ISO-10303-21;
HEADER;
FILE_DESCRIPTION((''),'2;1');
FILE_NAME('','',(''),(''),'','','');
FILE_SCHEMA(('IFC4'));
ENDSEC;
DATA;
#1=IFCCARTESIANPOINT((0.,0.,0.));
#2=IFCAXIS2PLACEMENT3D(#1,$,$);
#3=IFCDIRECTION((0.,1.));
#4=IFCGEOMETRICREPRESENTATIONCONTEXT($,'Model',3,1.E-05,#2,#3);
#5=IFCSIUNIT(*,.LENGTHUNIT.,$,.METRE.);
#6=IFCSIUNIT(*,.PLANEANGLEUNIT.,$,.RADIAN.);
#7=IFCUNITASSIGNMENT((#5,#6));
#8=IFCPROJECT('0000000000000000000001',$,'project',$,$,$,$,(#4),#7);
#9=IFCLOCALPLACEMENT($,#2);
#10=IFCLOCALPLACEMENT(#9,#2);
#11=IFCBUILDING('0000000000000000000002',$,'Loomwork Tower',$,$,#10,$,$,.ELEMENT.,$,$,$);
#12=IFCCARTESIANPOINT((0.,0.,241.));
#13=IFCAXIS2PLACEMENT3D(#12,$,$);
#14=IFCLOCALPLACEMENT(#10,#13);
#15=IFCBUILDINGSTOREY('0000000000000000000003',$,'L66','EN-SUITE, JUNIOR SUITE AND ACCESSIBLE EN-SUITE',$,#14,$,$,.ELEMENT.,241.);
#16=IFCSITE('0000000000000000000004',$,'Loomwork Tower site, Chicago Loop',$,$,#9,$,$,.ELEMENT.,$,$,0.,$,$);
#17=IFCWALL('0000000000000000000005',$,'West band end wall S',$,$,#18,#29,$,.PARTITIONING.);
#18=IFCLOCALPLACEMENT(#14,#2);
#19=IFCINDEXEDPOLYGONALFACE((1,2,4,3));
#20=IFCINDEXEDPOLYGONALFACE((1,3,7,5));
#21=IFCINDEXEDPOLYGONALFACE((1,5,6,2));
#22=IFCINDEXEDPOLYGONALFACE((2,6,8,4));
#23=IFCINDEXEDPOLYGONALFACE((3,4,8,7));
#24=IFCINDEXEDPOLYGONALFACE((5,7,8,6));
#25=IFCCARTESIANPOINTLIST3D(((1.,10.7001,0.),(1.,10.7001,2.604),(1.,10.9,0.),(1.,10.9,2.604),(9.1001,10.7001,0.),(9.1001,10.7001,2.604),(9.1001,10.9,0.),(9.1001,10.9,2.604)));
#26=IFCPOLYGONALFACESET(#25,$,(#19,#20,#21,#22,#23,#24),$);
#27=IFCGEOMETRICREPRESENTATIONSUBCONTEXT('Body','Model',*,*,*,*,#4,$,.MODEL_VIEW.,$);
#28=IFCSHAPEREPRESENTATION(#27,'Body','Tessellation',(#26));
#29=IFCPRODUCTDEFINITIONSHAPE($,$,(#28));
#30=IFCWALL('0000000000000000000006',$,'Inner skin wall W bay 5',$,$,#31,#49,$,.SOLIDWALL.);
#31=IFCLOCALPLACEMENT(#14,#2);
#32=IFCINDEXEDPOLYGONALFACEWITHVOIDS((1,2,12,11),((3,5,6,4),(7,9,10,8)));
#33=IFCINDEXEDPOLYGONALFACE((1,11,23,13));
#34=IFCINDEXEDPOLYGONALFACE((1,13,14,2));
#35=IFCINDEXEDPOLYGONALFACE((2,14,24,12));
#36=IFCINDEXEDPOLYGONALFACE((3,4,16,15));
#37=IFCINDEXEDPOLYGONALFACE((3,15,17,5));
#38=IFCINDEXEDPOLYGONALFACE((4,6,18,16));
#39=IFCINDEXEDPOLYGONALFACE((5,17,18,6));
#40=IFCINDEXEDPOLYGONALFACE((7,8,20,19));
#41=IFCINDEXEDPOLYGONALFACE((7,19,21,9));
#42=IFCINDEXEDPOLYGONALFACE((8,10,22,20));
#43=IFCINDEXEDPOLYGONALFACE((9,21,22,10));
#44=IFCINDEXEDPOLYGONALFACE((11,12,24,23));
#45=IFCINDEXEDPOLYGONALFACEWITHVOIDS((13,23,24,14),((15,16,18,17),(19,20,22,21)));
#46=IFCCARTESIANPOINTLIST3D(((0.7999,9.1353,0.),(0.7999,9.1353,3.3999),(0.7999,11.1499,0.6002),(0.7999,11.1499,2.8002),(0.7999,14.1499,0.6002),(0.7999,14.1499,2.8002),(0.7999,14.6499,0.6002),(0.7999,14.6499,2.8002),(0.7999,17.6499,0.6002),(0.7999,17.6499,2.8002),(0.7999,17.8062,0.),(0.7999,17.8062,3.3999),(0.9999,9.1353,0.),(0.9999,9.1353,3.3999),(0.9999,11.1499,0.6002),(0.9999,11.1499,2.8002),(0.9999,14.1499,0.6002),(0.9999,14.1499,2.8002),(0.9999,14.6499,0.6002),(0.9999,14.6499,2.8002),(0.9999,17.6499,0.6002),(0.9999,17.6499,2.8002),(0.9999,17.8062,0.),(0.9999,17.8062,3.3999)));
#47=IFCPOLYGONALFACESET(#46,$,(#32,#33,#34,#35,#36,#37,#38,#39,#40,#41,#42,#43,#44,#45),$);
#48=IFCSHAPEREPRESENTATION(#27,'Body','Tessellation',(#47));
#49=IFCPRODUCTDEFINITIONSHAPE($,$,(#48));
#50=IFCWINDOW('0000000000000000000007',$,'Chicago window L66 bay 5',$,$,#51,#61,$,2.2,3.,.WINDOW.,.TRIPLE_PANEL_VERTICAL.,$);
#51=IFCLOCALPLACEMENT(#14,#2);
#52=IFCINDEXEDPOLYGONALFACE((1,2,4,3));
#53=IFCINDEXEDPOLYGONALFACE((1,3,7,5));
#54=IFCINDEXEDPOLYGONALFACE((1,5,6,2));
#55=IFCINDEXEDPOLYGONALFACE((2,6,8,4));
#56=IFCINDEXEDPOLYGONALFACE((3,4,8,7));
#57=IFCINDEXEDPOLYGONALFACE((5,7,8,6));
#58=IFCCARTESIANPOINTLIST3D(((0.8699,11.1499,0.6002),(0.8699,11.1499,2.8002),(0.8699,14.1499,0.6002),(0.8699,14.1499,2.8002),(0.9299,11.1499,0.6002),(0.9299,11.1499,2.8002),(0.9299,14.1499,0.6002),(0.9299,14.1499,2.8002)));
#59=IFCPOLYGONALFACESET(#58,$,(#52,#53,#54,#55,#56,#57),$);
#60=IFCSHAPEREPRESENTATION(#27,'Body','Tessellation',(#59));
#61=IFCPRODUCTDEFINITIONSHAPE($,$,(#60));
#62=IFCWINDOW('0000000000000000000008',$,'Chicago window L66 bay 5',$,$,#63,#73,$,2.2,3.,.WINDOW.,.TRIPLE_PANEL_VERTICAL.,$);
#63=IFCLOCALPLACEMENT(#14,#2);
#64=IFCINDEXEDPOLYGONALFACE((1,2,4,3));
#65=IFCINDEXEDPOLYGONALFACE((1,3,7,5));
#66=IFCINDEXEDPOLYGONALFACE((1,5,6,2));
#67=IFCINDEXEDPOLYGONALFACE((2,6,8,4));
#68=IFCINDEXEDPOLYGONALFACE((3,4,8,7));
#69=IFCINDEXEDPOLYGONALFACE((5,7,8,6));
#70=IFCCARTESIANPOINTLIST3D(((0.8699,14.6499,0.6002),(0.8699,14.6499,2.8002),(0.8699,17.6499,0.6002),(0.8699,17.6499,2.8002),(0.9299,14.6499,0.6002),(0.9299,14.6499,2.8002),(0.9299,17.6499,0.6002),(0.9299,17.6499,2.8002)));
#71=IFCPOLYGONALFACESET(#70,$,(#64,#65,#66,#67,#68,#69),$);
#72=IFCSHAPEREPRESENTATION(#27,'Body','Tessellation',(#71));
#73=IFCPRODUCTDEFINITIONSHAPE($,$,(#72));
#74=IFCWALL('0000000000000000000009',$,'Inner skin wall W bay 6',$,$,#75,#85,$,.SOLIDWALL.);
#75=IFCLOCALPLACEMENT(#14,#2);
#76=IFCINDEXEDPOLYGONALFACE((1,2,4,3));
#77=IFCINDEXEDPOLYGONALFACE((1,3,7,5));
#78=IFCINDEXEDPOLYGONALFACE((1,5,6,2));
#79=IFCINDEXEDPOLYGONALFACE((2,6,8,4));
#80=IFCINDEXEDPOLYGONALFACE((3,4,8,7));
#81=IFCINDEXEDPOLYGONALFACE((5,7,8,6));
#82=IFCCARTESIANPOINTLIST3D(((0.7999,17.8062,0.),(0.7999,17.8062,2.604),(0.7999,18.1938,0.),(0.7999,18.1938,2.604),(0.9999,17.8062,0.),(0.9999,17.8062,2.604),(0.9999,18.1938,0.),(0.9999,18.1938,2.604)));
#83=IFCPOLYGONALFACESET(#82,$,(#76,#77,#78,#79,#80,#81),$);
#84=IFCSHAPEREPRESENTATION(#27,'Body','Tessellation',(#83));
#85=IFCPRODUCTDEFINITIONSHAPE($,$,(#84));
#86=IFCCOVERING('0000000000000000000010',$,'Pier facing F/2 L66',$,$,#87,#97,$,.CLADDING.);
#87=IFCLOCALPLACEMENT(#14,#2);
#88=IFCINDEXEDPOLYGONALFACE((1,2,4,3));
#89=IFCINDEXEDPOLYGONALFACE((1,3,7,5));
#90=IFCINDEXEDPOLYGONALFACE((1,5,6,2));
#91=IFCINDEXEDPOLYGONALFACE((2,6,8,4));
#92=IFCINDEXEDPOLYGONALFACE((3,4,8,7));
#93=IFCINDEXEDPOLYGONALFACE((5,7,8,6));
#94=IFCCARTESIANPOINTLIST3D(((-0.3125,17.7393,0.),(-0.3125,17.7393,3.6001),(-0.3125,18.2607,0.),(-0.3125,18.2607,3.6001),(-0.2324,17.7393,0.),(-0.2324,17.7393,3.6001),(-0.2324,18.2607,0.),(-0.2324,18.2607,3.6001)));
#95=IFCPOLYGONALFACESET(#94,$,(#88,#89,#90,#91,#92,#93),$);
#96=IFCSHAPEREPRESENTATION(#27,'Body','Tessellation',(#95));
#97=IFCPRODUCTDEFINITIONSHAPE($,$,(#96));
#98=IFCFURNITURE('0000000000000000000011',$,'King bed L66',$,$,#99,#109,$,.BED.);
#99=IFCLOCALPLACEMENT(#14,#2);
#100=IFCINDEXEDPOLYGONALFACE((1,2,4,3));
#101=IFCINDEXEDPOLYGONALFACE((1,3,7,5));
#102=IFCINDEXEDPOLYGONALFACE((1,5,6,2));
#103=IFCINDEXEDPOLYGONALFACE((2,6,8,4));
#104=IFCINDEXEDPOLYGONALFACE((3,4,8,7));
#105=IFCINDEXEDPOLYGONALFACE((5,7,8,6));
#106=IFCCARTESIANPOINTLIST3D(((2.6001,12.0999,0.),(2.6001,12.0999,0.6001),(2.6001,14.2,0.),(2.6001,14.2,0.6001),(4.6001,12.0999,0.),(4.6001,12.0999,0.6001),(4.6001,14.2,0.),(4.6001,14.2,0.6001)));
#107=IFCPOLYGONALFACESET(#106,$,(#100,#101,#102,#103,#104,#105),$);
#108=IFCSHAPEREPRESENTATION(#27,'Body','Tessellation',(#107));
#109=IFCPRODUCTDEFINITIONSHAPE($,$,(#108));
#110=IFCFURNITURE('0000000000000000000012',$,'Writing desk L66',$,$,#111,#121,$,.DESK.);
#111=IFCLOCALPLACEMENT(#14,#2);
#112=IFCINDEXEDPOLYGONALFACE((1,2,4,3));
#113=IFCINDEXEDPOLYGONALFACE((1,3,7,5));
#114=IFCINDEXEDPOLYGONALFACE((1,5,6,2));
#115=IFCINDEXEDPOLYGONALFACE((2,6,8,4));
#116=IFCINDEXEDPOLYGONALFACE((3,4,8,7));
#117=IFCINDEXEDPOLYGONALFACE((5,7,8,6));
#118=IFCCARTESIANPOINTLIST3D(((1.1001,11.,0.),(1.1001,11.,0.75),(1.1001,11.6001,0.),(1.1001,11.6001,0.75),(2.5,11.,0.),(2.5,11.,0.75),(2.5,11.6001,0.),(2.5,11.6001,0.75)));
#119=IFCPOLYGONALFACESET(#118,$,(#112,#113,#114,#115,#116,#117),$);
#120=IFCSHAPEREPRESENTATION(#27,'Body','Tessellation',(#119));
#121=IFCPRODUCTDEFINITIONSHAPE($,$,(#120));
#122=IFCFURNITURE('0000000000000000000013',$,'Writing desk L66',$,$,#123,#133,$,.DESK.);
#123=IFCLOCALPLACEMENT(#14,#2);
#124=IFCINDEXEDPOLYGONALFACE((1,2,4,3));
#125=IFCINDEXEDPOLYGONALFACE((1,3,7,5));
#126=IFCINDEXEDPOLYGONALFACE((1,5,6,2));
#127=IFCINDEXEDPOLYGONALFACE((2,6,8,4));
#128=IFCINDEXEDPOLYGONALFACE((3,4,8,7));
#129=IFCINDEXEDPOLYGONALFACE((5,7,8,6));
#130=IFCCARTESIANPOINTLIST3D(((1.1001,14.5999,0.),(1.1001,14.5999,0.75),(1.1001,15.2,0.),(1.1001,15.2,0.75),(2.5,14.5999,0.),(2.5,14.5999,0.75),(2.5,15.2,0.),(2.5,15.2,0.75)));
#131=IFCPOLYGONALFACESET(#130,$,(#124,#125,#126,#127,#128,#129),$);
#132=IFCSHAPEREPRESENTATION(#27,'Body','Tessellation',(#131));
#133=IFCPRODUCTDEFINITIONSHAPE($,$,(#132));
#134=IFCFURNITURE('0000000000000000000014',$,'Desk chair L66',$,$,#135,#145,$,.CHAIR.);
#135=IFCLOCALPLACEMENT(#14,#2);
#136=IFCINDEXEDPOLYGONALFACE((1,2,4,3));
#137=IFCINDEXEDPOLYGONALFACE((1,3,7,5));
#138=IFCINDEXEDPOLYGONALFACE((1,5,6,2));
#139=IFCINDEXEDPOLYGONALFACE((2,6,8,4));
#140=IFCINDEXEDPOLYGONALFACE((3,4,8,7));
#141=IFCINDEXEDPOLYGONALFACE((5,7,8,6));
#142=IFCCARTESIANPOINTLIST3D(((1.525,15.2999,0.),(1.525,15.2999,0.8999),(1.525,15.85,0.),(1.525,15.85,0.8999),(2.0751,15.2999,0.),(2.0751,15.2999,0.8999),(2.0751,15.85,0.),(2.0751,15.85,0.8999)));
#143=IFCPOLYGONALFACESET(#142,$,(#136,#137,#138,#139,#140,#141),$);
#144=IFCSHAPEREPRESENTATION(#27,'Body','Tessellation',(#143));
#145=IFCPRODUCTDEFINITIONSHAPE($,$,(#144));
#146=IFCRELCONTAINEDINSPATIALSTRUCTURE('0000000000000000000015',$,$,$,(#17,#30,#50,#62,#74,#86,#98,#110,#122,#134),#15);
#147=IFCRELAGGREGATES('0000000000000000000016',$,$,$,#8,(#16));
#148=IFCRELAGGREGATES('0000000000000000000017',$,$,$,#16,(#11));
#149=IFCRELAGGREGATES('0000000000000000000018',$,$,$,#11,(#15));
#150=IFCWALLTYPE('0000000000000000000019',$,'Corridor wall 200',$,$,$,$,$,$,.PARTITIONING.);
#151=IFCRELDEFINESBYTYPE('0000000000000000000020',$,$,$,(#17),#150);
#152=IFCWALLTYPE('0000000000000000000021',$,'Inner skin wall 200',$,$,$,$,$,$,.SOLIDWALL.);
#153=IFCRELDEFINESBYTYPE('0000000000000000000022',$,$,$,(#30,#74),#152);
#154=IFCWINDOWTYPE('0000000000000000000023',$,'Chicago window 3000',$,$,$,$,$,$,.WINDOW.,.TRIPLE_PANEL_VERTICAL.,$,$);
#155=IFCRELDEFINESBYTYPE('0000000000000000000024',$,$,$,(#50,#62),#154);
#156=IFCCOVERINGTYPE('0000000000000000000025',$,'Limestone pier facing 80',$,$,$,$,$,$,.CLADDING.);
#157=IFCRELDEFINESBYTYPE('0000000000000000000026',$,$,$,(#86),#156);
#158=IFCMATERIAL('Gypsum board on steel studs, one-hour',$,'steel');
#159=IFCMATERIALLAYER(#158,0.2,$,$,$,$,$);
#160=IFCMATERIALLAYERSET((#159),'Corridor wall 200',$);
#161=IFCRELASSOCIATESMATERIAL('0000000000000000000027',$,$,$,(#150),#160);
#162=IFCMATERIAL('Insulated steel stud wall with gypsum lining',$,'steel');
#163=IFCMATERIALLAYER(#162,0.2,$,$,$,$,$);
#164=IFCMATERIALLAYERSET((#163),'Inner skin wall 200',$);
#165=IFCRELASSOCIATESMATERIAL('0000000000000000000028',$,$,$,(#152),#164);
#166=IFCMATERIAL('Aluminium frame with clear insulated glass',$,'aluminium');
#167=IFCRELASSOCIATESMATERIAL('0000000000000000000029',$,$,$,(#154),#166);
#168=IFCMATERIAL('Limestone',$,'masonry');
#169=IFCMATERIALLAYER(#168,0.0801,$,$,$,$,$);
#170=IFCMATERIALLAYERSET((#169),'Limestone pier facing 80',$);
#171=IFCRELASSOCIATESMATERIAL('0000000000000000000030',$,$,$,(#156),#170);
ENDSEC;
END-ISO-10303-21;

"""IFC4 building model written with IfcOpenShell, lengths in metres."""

from ifc_helpers import new_model, si_unit, direction, frame, frame_2d, origin, origin_2d, place, context, subcontext, project, spatial, rectangle, extrude, material, layer, layer_set, type_object, element, fill, save


model = new_model("IFC4")

# Units and contexts
model_context = context("Model", 3, precision=1e-05, world=origin(), true_north=direction((0.0, 1.0)))
body_context = subcontext(model_context, "Body", "Model", "MODEL_VIEW")
ifc_project = project(units=[si_unit("LENGTHUNIT", "METRE"), si_unit("PLANEANGLEUNIT", "RADIAN")], contexts=[model_context])

# Site, building, storey
site_placement = place(None, origin())
site = spatial("IfcSite", under=ifc_project, at=site_placement, Name="Loomwork Tower site, Chicago Loop", CompositionType="ELEMENT", RefElevation=0.0)
building_placement = place(site_placement, origin())
building = spatial("IfcBuilding", under=site, at=building_placement, Name="Loomwork Tower", CompositionType="ELEMENT")
storey_placement = place(building_placement, frame((0.0, 0.0, 241.0)))
storey = spatial("IfcBuildingStorey", under=building, at=storey_placement, Name="L66", Description="EN-SUITE, JUNIOR SUITE AND ACCESSIBLE EN-SUITE", CompositionType="ELEMENT", Elevation=241.0)

# Wall
ifc_material_1 = material(Name="Gypsum board on steel studs, one-hour", Category="steel")
ifc_layer_1 = layer(ifc_material_1, 0.2)
ifc_layer_set_1 = layer_set([ifc_layer_1], Name="Corridor wall 200")
wall_type_1 = type_object("IfcWallType", Name="Corridor wall 200", PredefinedType="PARTITIONING", material=ifc_layer_set_1)
wall_1_placement = place(storey_placement, frame((1.0, 10.8, 0.0), z_axis=(0.0, 0.0, 1.0), x_axis=(1.0, 0.0, 0.0)))
element("IfcWall", 1, at=wall_1_placement, inside=storey, type_object=wall_type_1, Name="West band end wall S", PredefinedType="PARTITIONING", context=body_context, shape_type="SweptSolid", body=[
    extrude(rectangle(XDim=8.1001, YDim=0.2, at=frame_2d((4.05, 0.0))), origin(), (0.0, 0.0, 1.0), 2.604),
])

# Wall, openings, windows
ifc_material_2 = material(Name="Insulated steel stud wall with gypsum lining", Category="steel")
ifc_layer_2 = layer(ifc_material_2, 0.2)
ifc_layer_set_2 = layer_set([ifc_layer_2], Name="Inner skin wall 200")
wall_type_2 = type_object("IfcWallType", Name="Inner skin wall 200", PredefinedType="SOLIDWALL", material=ifc_layer_set_2)
wall_2_placement = place(storey_placement, frame((0.8999, 9.1353, 0.0), z_axis=(0.0, 0.0, 1.0), x_axis=(0.0, 1.0, 0.0)))
wall_2 = element("IfcWall", 2, at=wall_2_placement, inside=storey, type_object=wall_type_2, Name="Inner skin wall W bay 5", PredefinedType="SOLIDWALL", context=body_context, shape_type="SweptSolid", body=[
    extrude(rectangle(XDim=8.6709, YDim=0.2, at=frame_2d((4.3354, 0.0))), origin(), (0.0, 0.0, 1.0), 3.3999),
])
opening_1_placement = place(wall_2_placement, frame((2.0146, 0.0, 0.6001)))
opening_1 = element("IfcOpeningElement", 3, at=opening_1_placement, cuts=wall_2, PredefinedType="OPENING", context=body_context, shape_type="SweptSolid", body=[
    extrude(rectangle(XDim=3.0, YDim=2.2, at=frame_2d((1.5, 1.1001))), frame((0.0, 0.1099, 0.0), z_axis=(0.0, -1.0, 0.0), x_axis=(1.0, 0.0, 0.0)), (0.0, 0.0, 1.0), 0.22),
])
opening_2_placement = place(wall_2_placement, frame((5.5146, 0.0, 0.6001)))
opening_2 = element("IfcOpeningElement", 4, at=opening_2_placement, cuts=wall_2, PredefinedType="OPENING", context=body_context, shape_type="SweptSolid", body=[
    extrude(rectangle(XDim=3.0, YDim=2.2, at=frame_2d((1.5, 1.1001))), frame((0.0, 0.1099, 0.0), z_axis=(0.0, -1.0, 0.0), x_axis=(1.0, 0.0, 0.0)), (0.0, 0.0, 1.0), 0.22),
])
ifc_material_3 = material(Name="Aluminium frame with clear insulated glass", Category="aluminium")
window_type = type_object("IfcWindowType", Name="Chicago window 3000", PartitioningType="TRIPLE_PANEL_VERTICAL", PredefinedType="WINDOW", material=ifc_material_3)
window_1_placement = place(opening_1_placement, origin())
window_1 = element("IfcWindow", 5, at=window_1_placement, inside=storey, type_object=window_type, Name="Chicago window L66 bay 5", OverallHeight=2.2, OverallWidth=3.0, PartitioningType="TRIPLE_PANEL_VERTICAL", PredefinedType="WINDOW", context=body_context, shape_type="SweptSolid", body=[
    extrude(rectangle(XDim=3.0, YDim=2.2, at=frame_2d((1.5, 1.1001))), frame((0.0, 0.03, 0.0), z_axis=(0.0, -1.0, 0.0), x_axis=(1.0, 0.0, 0.0)), (0.0, 0.0, 1.0), 0.0601),
])
fill(opening_1, window_1)
window_2_placement = place(opening_2_placement, origin())
window_2 = element("IfcWindow", 6, at=window_2_placement, inside=storey, type_object=window_type, Name="Chicago window L66 bay 5", OverallHeight=2.2, OverallWidth=3.0, PartitioningType="TRIPLE_PANEL_VERTICAL", PredefinedType="WINDOW", context=body_context, shape_type="SweptSolid", body=[
    extrude(rectangle(XDim=3.0, YDim=2.2, at=frame_2d((1.5, 1.1001))), frame((0.0, 0.03, 0.0), z_axis=(0.0, -1.0, 0.0), x_axis=(1.0, 0.0, 0.0)), (0.0, 0.0, 1.0), 0.0601),
])
fill(opening_2, window_2)

# Wall
wall_3_placement = place(storey_placement, frame((0.8999, 17.8062, 0.0), z_axis=(0.0, 0.0, 1.0), x_axis=(0.0, 1.0, 0.0)))
element("IfcWall", 7, at=wall_3_placement, inside=storey, type_object=wall_type_2, Name="Inner skin wall W bay 6", PredefinedType="SOLIDWALL", context=body_context, shape_type="SweptSolid", body=[
    extrude(rectangle(XDim=0.3877, YDim=0.2, at=frame_2d((0.1938, 0.0))), origin(), (0.0, 0.0, 1.0), 2.604),
])

# Covering
ifc_material_4 = material(Name="Limestone", Category="masonry")
ifc_layer_3 = layer(ifc_material_4, 0.0801)
ifc_layer_set_3 = layer_set([ifc_layer_3], Name="Limestone pier facing 80")
covering_type = type_object("IfcCoveringType", Name="Limestone pier facing 80", PredefinedType="CLADDING", material=ifc_layer_set_3)
covering_placement = place(storey_placement, frame((-0.2725, 18.0, 0.0), z_axis=(0.0, 0.0, 1.0), x_axis=(1.0, 0.0, 0.0)))
element("IfcCovering", 8, at=covering_placement, inside=storey, type_object=covering_type, Name="Pier facing F/2 L66", PredefinedType="CLADDING", context=body_context, shape_type="SweptSolid", body=[
    extrude(rectangle(XDim=0.0801, YDim=0.5215, at=origin_2d()), origin(), (0.0, 0.0, 1.0), 3.6001),
])

# Furniture
furniture_1_placement = place(storey_placement, frame((3.6001, 13.1499, 0.0), z_axis=(0.0, 0.0, 1.0), x_axis=(1.0, 0.0, 0.0)))
element("IfcFurniture", 9, at=furniture_1_placement, inside=storey, Name="King bed L66", PredefinedType="BED", context=body_context, shape_type="SweptSolid", body=[
    extrude(rectangle(XDim=2.0, YDim=2.1001, at=origin_2d()), origin(), (0.0, 0.0, 1.0), 0.6001),
])
for number, where, z_axis, x_axis, name in (
    (10, (1.8, 11.3, 0.0), (0.0, 0.0, 1.0), (1.0, 0.0, 0.0), "Writing desk L66"),
    (11, (1.8, 14.8999, 0.0), (0.0, 0.0, 1.0), (1.0, 0.0, 0.0), "Writing desk L66"),
):
    element("IfcFurniture", number, at=place(storey_placement, frame(where, z_axis=z_axis, x_axis=x_axis)), inside=storey, Name=name, PredefinedType="DESK", context=body_context, shape_type="SweptSolid", body=[
        extrude(rectangle(XDim=1.3999, YDim=0.6001, at=origin_2d()), origin(), (0.0, 0.0, 1.0), 0.75),
    ])
furniture_2_placement = place(storey_placement, frame((1.8, 15.575, 0.0), z_axis=(0.0, 0.0, 1.0), x_axis=(1.0, 0.0, 0.0)))
element("IfcFurniture", 12, at=furniture_2_placement, inside=storey, Name="Desk chair L66", PredefinedType="CHAIR", context=body_context, shape_type="SweptSolid", body=[
    extrude(rectangle(XDim=0.55, YDim=0.55, at=origin_2d()), origin(), (0.0, 0.0, 1.0), 0.8999),
])

save(model, "model.ifc")
